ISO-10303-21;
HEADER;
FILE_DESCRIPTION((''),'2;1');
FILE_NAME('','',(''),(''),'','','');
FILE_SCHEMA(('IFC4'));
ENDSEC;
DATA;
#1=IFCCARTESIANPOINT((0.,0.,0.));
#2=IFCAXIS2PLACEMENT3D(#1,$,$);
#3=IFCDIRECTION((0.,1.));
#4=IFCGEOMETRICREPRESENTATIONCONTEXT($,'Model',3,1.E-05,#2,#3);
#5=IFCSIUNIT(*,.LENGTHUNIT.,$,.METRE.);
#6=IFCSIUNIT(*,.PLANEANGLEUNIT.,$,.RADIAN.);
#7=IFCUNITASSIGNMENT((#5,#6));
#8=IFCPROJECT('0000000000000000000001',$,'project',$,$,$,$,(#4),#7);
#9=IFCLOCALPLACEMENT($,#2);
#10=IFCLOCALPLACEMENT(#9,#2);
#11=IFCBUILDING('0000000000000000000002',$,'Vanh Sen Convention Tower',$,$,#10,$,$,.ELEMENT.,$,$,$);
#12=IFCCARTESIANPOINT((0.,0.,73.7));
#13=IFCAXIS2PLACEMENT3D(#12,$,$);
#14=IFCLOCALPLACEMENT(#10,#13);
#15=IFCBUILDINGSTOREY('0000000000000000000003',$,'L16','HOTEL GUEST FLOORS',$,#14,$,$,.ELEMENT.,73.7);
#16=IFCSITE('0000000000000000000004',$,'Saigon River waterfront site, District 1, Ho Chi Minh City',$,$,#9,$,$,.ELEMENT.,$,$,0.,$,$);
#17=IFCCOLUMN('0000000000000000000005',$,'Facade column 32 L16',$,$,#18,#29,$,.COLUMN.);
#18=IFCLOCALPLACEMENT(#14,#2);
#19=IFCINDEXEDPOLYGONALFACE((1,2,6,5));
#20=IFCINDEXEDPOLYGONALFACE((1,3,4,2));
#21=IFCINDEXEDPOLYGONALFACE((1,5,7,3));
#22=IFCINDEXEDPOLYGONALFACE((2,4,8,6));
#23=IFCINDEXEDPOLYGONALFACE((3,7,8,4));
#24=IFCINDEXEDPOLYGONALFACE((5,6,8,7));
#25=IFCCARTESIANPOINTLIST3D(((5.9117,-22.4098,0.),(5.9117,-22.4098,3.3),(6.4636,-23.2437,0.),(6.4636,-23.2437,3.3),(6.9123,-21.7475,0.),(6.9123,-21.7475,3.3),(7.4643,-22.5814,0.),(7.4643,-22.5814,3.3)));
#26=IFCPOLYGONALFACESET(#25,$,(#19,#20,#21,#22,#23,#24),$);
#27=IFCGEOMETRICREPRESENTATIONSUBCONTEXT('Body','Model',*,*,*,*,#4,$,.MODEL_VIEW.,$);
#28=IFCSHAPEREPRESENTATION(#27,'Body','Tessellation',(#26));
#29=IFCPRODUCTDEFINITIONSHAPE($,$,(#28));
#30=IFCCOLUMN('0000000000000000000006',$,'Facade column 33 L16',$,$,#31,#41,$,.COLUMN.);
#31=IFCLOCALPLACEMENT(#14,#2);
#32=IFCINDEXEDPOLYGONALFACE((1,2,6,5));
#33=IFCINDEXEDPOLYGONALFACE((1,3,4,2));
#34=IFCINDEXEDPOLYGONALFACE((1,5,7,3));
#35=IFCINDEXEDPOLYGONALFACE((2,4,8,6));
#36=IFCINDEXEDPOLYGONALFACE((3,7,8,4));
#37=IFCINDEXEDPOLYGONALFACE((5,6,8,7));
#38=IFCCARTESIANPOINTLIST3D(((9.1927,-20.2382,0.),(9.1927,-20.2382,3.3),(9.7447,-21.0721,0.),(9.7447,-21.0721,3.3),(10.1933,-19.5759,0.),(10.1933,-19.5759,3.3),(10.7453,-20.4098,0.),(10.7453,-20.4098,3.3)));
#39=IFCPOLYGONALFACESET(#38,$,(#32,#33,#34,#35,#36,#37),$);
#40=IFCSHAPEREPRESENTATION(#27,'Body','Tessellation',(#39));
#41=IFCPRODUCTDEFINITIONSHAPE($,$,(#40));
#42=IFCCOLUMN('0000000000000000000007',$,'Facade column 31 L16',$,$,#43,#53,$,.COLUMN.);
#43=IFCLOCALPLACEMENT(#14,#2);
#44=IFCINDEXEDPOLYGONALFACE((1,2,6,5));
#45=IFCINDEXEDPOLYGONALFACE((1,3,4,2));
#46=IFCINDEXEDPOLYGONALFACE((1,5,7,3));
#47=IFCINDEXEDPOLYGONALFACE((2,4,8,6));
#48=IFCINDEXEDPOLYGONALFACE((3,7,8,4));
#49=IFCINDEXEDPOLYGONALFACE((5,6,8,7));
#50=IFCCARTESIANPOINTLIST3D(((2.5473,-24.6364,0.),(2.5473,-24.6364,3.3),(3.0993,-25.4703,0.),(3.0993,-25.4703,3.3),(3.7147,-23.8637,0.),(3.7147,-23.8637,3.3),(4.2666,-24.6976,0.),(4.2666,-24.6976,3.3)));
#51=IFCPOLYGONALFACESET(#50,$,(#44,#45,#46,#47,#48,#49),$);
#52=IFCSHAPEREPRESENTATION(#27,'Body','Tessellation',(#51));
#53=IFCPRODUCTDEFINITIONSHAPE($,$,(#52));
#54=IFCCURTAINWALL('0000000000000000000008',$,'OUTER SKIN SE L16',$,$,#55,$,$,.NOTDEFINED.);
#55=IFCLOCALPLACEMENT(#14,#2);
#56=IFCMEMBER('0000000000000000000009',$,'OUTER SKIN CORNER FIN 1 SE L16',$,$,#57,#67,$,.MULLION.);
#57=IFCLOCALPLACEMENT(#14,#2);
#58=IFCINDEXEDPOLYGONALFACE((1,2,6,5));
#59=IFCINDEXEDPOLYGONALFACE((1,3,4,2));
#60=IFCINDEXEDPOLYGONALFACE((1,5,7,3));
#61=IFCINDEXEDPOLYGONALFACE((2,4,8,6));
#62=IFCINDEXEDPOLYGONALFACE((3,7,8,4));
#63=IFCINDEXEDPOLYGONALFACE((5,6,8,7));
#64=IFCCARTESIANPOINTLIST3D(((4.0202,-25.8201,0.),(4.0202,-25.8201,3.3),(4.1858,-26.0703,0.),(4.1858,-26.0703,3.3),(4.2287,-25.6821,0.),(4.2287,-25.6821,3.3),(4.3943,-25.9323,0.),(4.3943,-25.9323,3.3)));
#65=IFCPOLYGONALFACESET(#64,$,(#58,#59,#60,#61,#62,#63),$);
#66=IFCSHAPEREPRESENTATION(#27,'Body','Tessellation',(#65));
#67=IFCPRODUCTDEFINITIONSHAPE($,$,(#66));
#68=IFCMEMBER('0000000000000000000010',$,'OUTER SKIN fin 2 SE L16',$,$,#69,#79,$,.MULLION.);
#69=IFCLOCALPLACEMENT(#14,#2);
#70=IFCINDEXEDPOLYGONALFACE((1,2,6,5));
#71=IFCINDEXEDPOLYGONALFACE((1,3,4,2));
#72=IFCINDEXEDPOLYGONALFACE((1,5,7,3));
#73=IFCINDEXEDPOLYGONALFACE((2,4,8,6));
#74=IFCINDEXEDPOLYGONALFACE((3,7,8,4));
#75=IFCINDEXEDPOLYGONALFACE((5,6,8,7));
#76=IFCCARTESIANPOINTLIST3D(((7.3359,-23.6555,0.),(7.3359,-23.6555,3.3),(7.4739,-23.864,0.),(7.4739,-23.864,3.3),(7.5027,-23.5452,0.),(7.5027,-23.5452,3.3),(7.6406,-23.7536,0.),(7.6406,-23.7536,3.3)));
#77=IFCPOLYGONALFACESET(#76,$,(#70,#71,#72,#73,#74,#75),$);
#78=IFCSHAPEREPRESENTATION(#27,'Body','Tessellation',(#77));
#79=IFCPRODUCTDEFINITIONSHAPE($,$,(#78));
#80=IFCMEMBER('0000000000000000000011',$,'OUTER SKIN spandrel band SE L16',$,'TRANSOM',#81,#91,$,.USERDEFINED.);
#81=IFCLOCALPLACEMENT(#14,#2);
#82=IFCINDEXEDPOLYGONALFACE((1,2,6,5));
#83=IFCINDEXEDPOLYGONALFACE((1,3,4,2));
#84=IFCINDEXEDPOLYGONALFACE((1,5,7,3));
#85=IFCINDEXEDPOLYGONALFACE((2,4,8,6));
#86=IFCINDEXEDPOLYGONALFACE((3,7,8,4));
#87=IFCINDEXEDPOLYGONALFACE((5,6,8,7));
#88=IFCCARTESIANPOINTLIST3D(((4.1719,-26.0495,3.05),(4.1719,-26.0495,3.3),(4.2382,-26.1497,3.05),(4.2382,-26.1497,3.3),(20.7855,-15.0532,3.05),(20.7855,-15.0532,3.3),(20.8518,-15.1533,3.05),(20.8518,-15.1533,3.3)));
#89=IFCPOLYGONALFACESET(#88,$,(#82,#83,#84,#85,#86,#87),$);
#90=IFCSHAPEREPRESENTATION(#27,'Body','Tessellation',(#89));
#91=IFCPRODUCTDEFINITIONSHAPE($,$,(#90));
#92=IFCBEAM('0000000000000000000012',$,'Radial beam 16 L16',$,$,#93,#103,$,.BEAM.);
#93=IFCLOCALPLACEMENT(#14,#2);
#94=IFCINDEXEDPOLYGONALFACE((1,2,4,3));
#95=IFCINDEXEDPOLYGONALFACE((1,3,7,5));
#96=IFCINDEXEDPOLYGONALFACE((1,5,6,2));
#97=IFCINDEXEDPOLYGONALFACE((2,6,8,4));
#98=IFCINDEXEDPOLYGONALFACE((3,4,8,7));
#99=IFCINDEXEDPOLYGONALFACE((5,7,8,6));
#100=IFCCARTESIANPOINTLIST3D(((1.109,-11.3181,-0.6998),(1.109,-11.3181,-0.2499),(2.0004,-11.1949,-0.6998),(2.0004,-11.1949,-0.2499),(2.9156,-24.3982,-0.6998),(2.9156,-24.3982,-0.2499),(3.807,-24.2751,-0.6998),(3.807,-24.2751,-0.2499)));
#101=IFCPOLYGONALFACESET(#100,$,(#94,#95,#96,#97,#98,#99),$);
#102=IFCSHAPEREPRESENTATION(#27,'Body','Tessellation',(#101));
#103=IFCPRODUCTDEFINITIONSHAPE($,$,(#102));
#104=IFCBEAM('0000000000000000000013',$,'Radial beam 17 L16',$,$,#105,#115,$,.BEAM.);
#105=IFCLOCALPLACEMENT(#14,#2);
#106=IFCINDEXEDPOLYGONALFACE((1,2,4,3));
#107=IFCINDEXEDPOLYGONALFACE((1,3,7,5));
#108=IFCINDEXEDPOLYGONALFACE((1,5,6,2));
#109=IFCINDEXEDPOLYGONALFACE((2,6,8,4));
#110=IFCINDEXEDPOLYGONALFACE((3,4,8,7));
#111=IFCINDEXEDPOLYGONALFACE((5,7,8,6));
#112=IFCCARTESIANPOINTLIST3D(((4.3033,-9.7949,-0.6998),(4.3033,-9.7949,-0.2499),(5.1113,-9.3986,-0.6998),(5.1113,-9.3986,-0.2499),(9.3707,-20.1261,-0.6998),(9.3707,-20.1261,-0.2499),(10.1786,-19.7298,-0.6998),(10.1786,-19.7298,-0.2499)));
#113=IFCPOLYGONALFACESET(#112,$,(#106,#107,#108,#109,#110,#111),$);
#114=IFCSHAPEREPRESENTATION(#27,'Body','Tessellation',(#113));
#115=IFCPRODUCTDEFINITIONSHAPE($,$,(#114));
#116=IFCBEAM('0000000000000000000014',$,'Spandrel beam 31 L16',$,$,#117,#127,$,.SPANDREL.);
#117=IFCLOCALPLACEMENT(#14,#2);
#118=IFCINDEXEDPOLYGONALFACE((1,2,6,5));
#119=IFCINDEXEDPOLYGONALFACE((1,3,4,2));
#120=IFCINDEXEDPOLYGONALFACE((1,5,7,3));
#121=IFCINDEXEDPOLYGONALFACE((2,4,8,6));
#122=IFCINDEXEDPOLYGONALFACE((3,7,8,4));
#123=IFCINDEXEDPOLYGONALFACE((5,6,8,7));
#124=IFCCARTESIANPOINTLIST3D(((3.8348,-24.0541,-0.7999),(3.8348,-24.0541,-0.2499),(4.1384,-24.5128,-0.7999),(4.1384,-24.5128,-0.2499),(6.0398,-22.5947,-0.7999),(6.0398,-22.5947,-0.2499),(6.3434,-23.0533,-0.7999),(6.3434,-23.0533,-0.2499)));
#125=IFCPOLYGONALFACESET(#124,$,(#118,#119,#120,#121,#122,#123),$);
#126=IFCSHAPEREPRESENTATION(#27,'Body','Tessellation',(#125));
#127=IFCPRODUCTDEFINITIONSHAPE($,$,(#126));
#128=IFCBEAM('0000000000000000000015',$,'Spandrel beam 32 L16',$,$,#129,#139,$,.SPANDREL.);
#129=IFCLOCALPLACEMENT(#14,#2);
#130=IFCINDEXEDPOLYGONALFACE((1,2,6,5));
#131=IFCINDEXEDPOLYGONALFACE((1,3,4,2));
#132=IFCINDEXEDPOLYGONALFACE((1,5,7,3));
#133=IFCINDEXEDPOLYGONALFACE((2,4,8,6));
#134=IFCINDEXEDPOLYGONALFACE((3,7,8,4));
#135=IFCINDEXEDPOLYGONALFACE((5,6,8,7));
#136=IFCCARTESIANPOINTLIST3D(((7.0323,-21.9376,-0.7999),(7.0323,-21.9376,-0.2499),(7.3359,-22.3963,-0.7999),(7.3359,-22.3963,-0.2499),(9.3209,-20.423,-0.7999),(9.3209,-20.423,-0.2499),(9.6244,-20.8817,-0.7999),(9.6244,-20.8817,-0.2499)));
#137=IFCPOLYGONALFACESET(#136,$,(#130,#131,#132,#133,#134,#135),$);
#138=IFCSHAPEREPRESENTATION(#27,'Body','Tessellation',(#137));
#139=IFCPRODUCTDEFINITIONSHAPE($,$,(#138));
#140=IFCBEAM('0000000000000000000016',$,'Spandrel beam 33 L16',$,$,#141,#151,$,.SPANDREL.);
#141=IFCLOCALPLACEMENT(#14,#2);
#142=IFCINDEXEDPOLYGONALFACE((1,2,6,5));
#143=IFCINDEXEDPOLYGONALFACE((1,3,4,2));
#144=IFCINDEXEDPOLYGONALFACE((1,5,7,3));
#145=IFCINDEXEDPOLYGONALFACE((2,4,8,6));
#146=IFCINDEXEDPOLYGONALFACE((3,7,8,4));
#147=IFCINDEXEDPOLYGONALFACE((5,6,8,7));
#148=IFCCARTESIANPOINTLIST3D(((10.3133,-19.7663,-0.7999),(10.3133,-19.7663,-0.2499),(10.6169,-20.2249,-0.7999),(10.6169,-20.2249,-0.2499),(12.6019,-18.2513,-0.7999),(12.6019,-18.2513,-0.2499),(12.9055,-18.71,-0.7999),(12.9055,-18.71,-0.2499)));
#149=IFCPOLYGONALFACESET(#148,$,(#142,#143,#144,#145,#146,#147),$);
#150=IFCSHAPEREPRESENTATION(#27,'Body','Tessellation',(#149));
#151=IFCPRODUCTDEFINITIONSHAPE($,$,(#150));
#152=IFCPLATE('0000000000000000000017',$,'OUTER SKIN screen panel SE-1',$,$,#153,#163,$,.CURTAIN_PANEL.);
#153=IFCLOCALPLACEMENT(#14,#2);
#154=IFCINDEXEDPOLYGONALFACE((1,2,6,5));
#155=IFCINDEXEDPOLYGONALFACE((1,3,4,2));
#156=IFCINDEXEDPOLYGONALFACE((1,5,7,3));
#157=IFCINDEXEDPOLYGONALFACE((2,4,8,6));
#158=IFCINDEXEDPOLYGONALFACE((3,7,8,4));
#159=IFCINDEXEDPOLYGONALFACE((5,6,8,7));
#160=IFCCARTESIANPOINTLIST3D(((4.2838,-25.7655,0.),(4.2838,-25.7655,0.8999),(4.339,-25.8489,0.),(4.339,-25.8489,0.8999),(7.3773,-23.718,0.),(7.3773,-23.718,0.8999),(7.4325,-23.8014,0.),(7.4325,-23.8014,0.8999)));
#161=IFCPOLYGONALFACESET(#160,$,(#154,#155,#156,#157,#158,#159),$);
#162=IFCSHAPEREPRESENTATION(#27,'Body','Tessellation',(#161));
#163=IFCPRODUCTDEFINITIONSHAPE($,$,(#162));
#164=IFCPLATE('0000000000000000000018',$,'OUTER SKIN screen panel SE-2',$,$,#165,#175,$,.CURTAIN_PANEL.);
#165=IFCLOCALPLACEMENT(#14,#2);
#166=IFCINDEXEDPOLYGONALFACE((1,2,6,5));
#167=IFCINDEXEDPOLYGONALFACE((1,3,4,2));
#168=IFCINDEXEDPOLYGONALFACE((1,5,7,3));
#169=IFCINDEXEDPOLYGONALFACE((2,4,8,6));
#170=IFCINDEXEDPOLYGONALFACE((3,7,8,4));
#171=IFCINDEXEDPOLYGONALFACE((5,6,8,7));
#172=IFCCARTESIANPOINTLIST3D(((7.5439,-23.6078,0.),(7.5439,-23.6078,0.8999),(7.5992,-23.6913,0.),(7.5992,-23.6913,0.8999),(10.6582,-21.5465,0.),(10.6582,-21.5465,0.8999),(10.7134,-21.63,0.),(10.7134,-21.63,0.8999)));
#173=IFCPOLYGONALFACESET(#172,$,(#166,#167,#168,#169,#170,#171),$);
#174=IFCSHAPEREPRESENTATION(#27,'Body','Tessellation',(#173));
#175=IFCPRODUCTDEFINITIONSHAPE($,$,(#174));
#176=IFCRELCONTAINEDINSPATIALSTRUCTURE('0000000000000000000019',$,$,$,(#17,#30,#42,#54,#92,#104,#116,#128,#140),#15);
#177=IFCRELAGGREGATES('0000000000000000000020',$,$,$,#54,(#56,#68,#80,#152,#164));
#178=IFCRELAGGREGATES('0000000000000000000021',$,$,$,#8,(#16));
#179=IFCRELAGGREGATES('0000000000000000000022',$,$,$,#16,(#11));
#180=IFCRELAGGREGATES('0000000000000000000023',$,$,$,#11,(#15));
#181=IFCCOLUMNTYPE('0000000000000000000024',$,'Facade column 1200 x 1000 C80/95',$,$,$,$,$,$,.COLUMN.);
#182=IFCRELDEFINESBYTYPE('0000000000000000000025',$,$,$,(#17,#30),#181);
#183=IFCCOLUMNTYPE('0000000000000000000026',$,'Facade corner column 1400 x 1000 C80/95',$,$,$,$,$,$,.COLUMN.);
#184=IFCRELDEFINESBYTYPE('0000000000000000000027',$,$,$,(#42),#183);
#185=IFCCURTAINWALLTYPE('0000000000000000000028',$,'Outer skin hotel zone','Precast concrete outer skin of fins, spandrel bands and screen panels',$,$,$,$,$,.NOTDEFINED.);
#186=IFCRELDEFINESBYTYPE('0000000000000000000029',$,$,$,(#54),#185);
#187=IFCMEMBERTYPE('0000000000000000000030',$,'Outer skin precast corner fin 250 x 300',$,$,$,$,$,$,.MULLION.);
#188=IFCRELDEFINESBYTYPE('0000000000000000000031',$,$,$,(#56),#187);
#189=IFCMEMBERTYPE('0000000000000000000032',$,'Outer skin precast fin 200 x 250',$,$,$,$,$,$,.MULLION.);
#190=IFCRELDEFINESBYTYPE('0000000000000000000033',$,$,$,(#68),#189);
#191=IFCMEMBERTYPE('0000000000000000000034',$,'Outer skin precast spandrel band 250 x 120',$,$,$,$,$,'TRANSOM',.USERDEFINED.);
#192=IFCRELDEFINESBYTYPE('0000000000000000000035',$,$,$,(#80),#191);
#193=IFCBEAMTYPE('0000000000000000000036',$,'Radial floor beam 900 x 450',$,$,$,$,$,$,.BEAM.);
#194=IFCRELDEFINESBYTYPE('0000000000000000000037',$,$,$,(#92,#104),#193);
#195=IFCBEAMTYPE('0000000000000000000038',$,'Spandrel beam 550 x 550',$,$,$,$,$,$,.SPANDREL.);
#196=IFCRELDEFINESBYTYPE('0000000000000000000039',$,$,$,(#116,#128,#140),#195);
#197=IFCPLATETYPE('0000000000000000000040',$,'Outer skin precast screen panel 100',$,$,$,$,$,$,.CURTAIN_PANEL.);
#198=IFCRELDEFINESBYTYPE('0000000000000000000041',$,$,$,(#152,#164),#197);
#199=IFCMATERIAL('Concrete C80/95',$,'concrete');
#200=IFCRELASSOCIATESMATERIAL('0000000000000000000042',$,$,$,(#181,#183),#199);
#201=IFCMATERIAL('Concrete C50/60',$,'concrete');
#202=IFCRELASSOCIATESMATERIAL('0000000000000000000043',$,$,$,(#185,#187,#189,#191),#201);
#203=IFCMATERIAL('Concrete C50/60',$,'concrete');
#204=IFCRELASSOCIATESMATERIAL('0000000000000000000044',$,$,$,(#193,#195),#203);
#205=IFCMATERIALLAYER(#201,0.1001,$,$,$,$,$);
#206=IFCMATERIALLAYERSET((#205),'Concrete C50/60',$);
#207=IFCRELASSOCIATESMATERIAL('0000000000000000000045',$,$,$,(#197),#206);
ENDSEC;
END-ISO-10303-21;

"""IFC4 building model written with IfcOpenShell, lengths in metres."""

from ifc_helpers import new_model, si_unit, direction, frame, origin, origin_2d, place, context, subcontext, project, spatial, rectangle, extrude, material, layer, layer_set, material_profile, profile_set, type_object, element, aggregate, save


model = new_model("IFC4")

# Units and contexts
model_context = context("Model", 3, precision=1e-05, world=origin(), true_north=direction((0.0, 1.0)))
body_context = subcontext(model_context, "Body", "Model", "MODEL_VIEW")
ifc_project = project(units=[si_unit("LENGTHUNIT", "METRE"), si_unit("PLANEANGLEUNIT", "RADIAN")], contexts=[model_context])

# Site, building, storey
site_placement = place(None, origin())
site = spatial("IfcSite", under=ifc_project, at=site_placement, Name="Saigon River waterfront site, District 1, Ho Chi Minh City", CompositionType="ELEMENT", RefElevation=0.0)
building_placement = place(site_placement, origin())
building = spatial("IfcBuilding", under=site, at=building_placement, Name="Vanh Sen Convention Tower", CompositionType="ELEMENT")
storey_placement = place(building_placement, frame((0.0, 0.0, 73.7)))
storey = spatial("IfcBuildingStorey", under=building, at=storey_placement, Name="L16", Description="HOTEL GUEST FLOORS", CompositionType="ELEMENT", Elevation=73.7)

# Columns
ifc_material_1 = material(Name="Concrete C80/95", Category="concrete")
ifc_material_profile_1 = material_profile(ifc_material_1, rectangle(XDim=1.2, YDim=1.0, at=origin_2d()), Name="RC 1200X1000")
ifc_profile_set_1 = profile_set([ifc_material_profile_1], Name="Concrete C80/95")
column_type_1 = type_object("IfcColumnType", Name="Facade column 1200 x 1000 C80/95", PredefinedType="COLUMN", material=ifc_profile_set_1)
for number, where, z_axis, x_axis, name in (
    (1, (6.688, -22.4956, 0.0), (0.0, 0.0, 1.0), (0.833886, 0.551937, 0.0), "Facade column 32 L16"),
    (2, (9.969, -20.324, 0.0), (0.0, 0.0, 1.0), (0.833886, 0.551937, 0.0), "Facade column 33 L16"),
):
    element("IfcColumn", number, at=place(storey_placement, frame(where, z_axis=z_axis, x_axis=x_axis)), inside=storey, type_object=column_type_1, Name=name, PredefinedType="COLUMN", context=body_context, shape_type="SweptSolid", body=[
        extrude(rectangle(XDim=1.2, YDim=1.0, at=origin_2d()), origin(), (0.0, 0.0, 1.0), 3.3),
    ])
ifc_material_profile_2 = material_profile(ifc_material_1, rectangle(XDim=1.3999, YDim=1.0, at=origin_2d()), Name="RC 1400X1000")
ifc_profile_set_2 = profile_set([ifc_material_profile_2], Name="Concrete C80/95")
column_type_2 = type_object("IfcColumnType", Name="Facade corner column 1400 x 1000 C80/95", PredefinedType="COLUMN", material=ifc_profile_set_2)
column_placement = place(storey_placement, frame((3.407, -24.667, 0.0), z_axis=(0.0, 0.0, 1.0), x_axis=(0.833886, 0.551937, 0.0)))
element("IfcColumn", 3, at=column_placement, inside=storey, type_object=column_type_2, Name="Facade column 31 L16", PredefinedType="COLUMN", context=body_context, shape_type="SweptSolid", body=[
    extrude(rectangle(XDim=1.3999, YDim=1.0, at=origin_2d()), origin(), (0.0, 0.0, 1.0), 3.3),
])

# Curtain wall, members
ifc_material_2 = material(Name="Concrete C50/60", Category="concrete")
curtain_wall_type = type_object("IfcCurtainWallType", Name="Outer skin hotel zone", Description="Precast concrete outer skin of fins, spandrel bands and screen panels", PredefinedType="NOTDEFINED", material=ifc_material_2)
curtain_wall_placement = place(storey_placement, origin())
curtain_wall = element("IfcCurtainWall", 4, at=curtain_wall_placement, inside=storey, type_object=curtain_wall_type, Name="OUTER SKIN SE L16", PredefinedType="NOTDEFINED")
ifc_material_profile_3 = material_profile(ifc_material_2, rectangle(XDim=0.25, YDim=0.3, at=origin_2d()), Name="Outer skin precast corner fin 250 x 300")
ifc_profile_set_3 = profile_set([ifc_material_profile_3], Name="Concrete C50/60")
member_type_1 = type_object("IfcMemberType", Name="Outer skin precast corner fin 250 x 300", PredefinedType="MULLION", material=ifc_profile_set_3)
member_1_placement = place(storey_placement, frame((4.2073, -25.8762, 0.0), z_axis=(0.0, 0.0, 1.0), x_axis=(0.833886, 0.551937, 0.0)))
member_1 = element("IfcMember", 5, at=member_1_placement, type_object=member_type_1, Name="OUTER SKIN CORNER FIN 1 SE L16", PredefinedType="MULLION", context=body_context, shape_type="SweptSolid", body=[
    extrude(rectangle(XDim=0.25, YDim=0.3, at=origin_2d()), origin(), (0.0, 0.0, 1.0), 3.3),
])
ifc_material_profile_4 = material_profile(ifc_material_2, rectangle(XDim=0.2, YDim=0.25, at=origin_2d()), Name="Outer skin precast fin 200 x 250")
ifc_profile_set_4 = profile_set([ifc_material_profile_4], Name="Concrete C50/60")
member_type_2 = type_object("IfcMemberType", Name="Outer skin precast fin 200 x 250", PredefinedType="MULLION", material=ifc_profile_set_4)
member_2_placement = place(storey_placement, frame((7.4883, -23.7046, 0.0), z_axis=(0.0, 0.0, 1.0), x_axis=(0.833886, 0.551937, 0.0)))
member_2 = element("IfcMember", 6, at=member_2_placement, type_object=member_type_2, Name="OUTER SKIN fin 2 SE L16", PredefinedType="MULLION", context=body_context, shape_type="SweptSolid", body=[
    extrude(rectangle(XDim=0.2, YDim=0.25, at=origin_2d()), origin(), (0.0, 0.0, 1.0), 3.3),
])
ifc_material_profile_5 = material_profile(ifc_material_2, rectangle(XDim=0.1201, YDim=0.25, at=origin_2d()), Name="Outer skin precast spandrel band 250 x 120")
ifc_profile_set_5 = profile_set([ifc_material_profile_5], Name="Concrete C50/60")
member_type_3 = type_object("IfcMemberType", Name="Outer skin precast spandrel band 250 x 120", ElementType="TRANSOM", PredefinedType="USERDEFINED", material=ifc_profile_set_5)
member_3_placement = place(storey_placement, frame((4.2051, -26.0996, 3.175), z_axis=(0.833884, 0.55194, 0.0), x_axis=(-0.55194, 0.833884, 0.0)))
member_3 = element("IfcMember", 7, at=member_3_placement, type_object=member_type_3, Name="OUTER SKIN spandrel band SE L16", ObjectType="TRANSOM", PredefinedType="USERDEFINED", context=body_context, shape_type="SweptSolid", body=[
    extrude(rectangle(XDim=0.1201, YDim=0.25, at=origin_2d()), origin(), (0.0, 0.0, 1.0), 19.9231),
])

# Beams
ifc_material_3 = material(Name="Concrete C50/60", Category="concrete")
ifc_material_profile_6 = material_profile(ifc_material_3, rectangle(XDim=0.8999, YDim=0.45, at=origin_2d()), Name="RC 900X450")
ifc_profile_set_6 = profile_set([ifc_material_profile_6], Name="Concrete C50/60")
beam_type_1 = type_object("IfcBeamType", Name="Radial floor beam 900 x 450", PredefinedType="BEAM", material=ifc_profile_set_6)
beam_1_placement = place(storey_placement, frame((3.3613, -24.3367, -0.4749), z_axis=(-0.136823, 0.990596, 0.0), x_axis=(-0.990596, -0.136823, 0.0)))
element("IfcBeam", 8, at=beam_1_placement, inside=storey, type_object=beam_type_1, Name="Radial beam 16 L16", PredefinedType="BEAM", context=body_context, shape_type="SweptSolid", body=[
    extrude(rectangle(XDim=0.8999, YDim=0.45, at=origin_2d()), origin(), (0.0, 0.0, 1.0), 13.2043),
])
beam_2_placement = place(storey_placement, frame((9.7747, -19.928, -0.4749), z_axis=(-0.440369, 0.897817, 0.0), x_axis=(-0.897817, -0.440369, 0.0)))
element("IfcBeam", 9, at=beam_2_placement, inside=storey, type_object=beam_type_1, Name="Radial beam 17 L16", PredefinedType="BEAM", context=body_context, shape_type="SweptSolid", body=[
    extrude(rectangle(XDim=0.8999, YDim=0.45, at=origin_2d()), origin(), (0.0, 0.0, 1.0), 11.5071),
])
ifc_material_profile_7 = material_profile(ifc_material_3, rectangle(XDim=0.55, YDim=0.55, at=origin_2d()), Name="RC 550X550")
ifc_profile_set_7 = profile_set([ifc_material_profile_7], Name="Concrete C50/60")
beam_type_2 = type_object("IfcBeamType", Name="Spandrel beam 550 x 550", PredefinedType="SPANDREL", material=ifc_profile_set_7)
beam_3_placement = place(storey_placement, frame((3.9866, -24.2834, -0.5249), z_axis=(0.833892, 0.551927, 0.0), x_axis=(-0.551927, 0.833892, 0.0)))
element("IfcBeam", 10, at=beam_3_placement, inside=storey, type_object=beam_type_2, Name="Spandrel beam 31 L16", PredefinedType="SPANDREL", context=body_context, shape_type="SweptSolid", body=[
    extrude(rectangle(XDim=0.55, YDim=0.55, at=origin_2d()), origin(), (0.0, 0.0, 1.0), 2.6443),
])
beam_4_placement = place(storey_placement, frame((7.1841, -22.167, -0.5249), z_axis=(0.833907, 0.551905, 0.0), x_axis=(-0.551905, 0.833907, 0.0)))
element("IfcBeam", 11, at=beam_4_placement, inside=storey, type_object=beam_type_2, Name="Spandrel beam 32 L16", PredefinedType="SPANDREL", context=body_context, shape_type="SweptSolid", body=[
    extrude(rectangle(XDim=0.55, YDim=0.55, at=origin_2d()), origin(), (0.0, 0.0, 1.0), 2.7444),
])
beam_5_placement = place(storey_placement, frame((10.4651, -19.9956, -0.5249), z_axis=(0.833866, 0.551967, 0.0), x_axis=(-0.551967, 0.833866, 0.0)))
element("IfcBeam", 12, at=beam_5_placement, inside=storey, type_object=beam_type_2, Name="Spandrel beam 33 L16", PredefinedType="SPANDREL", context=body_context, shape_type="SweptSolid", body=[
    extrude(rectangle(XDim=0.55, YDim=0.55, at=origin_2d()), origin(), (0.0, 0.0, 1.0), 2.7446),
])

# Plates
ifc_layer_1 = layer(ifc_material_2, 0.1001)
ifc_layer_set_1 = layer_set([ifc_layer_1], Name="Concrete C50/60")
plate_type = type_object("IfcPlateType", Name="Outer skin precast screen panel 100", PredefinedType="CURTAIN_PANEL", material=ifc_layer_set_1)
plate_1_placement = place(storey_placement, frame((5.8582, -24.7834, 0.0), z_axis=(0.0, 0.0, 1.0), x_axis=(0.833892, 0.551928, 0.0)))
plate_1 = element("IfcPlate", 13, at=plate_1_placement, type_object=plate_type, Name="OUTER SKIN screen panel SE-1", PredefinedType="CURTAIN_PANEL", context=body_context, shape_type="SweptSolid", body=[
    extrude(rectangle(XDim=3.7097, YDim=0.1001, at=origin_2d()), origin(), (0.0, 0.0, 1.0), 0.8999),
])
plate_2_placement = place(storey_placement, frame((9.1287, -22.6189, 0.0), z_axis=(0.0, 0.0, 1.0), x_axis=(0.833892, 0.551928, 0.0)))
plate_2 = element("IfcPlate", 14, at=plate_2_placement, type_object=plate_type, Name="OUTER SKIN screen panel SE-2", PredefinedType="CURTAIN_PANEL", context=body_context, shape_type="SweptSolid", body=[
    extrude(rectangle(XDim=3.7346, YDim=0.1001, at=origin_2d()), origin(), (0.0, 0.0, 1.0), 0.8999),
])
aggregate(curtain_wall, [member_1, member_2, member_3, plate_1, plate_2])

save(model, "model.ifc")
